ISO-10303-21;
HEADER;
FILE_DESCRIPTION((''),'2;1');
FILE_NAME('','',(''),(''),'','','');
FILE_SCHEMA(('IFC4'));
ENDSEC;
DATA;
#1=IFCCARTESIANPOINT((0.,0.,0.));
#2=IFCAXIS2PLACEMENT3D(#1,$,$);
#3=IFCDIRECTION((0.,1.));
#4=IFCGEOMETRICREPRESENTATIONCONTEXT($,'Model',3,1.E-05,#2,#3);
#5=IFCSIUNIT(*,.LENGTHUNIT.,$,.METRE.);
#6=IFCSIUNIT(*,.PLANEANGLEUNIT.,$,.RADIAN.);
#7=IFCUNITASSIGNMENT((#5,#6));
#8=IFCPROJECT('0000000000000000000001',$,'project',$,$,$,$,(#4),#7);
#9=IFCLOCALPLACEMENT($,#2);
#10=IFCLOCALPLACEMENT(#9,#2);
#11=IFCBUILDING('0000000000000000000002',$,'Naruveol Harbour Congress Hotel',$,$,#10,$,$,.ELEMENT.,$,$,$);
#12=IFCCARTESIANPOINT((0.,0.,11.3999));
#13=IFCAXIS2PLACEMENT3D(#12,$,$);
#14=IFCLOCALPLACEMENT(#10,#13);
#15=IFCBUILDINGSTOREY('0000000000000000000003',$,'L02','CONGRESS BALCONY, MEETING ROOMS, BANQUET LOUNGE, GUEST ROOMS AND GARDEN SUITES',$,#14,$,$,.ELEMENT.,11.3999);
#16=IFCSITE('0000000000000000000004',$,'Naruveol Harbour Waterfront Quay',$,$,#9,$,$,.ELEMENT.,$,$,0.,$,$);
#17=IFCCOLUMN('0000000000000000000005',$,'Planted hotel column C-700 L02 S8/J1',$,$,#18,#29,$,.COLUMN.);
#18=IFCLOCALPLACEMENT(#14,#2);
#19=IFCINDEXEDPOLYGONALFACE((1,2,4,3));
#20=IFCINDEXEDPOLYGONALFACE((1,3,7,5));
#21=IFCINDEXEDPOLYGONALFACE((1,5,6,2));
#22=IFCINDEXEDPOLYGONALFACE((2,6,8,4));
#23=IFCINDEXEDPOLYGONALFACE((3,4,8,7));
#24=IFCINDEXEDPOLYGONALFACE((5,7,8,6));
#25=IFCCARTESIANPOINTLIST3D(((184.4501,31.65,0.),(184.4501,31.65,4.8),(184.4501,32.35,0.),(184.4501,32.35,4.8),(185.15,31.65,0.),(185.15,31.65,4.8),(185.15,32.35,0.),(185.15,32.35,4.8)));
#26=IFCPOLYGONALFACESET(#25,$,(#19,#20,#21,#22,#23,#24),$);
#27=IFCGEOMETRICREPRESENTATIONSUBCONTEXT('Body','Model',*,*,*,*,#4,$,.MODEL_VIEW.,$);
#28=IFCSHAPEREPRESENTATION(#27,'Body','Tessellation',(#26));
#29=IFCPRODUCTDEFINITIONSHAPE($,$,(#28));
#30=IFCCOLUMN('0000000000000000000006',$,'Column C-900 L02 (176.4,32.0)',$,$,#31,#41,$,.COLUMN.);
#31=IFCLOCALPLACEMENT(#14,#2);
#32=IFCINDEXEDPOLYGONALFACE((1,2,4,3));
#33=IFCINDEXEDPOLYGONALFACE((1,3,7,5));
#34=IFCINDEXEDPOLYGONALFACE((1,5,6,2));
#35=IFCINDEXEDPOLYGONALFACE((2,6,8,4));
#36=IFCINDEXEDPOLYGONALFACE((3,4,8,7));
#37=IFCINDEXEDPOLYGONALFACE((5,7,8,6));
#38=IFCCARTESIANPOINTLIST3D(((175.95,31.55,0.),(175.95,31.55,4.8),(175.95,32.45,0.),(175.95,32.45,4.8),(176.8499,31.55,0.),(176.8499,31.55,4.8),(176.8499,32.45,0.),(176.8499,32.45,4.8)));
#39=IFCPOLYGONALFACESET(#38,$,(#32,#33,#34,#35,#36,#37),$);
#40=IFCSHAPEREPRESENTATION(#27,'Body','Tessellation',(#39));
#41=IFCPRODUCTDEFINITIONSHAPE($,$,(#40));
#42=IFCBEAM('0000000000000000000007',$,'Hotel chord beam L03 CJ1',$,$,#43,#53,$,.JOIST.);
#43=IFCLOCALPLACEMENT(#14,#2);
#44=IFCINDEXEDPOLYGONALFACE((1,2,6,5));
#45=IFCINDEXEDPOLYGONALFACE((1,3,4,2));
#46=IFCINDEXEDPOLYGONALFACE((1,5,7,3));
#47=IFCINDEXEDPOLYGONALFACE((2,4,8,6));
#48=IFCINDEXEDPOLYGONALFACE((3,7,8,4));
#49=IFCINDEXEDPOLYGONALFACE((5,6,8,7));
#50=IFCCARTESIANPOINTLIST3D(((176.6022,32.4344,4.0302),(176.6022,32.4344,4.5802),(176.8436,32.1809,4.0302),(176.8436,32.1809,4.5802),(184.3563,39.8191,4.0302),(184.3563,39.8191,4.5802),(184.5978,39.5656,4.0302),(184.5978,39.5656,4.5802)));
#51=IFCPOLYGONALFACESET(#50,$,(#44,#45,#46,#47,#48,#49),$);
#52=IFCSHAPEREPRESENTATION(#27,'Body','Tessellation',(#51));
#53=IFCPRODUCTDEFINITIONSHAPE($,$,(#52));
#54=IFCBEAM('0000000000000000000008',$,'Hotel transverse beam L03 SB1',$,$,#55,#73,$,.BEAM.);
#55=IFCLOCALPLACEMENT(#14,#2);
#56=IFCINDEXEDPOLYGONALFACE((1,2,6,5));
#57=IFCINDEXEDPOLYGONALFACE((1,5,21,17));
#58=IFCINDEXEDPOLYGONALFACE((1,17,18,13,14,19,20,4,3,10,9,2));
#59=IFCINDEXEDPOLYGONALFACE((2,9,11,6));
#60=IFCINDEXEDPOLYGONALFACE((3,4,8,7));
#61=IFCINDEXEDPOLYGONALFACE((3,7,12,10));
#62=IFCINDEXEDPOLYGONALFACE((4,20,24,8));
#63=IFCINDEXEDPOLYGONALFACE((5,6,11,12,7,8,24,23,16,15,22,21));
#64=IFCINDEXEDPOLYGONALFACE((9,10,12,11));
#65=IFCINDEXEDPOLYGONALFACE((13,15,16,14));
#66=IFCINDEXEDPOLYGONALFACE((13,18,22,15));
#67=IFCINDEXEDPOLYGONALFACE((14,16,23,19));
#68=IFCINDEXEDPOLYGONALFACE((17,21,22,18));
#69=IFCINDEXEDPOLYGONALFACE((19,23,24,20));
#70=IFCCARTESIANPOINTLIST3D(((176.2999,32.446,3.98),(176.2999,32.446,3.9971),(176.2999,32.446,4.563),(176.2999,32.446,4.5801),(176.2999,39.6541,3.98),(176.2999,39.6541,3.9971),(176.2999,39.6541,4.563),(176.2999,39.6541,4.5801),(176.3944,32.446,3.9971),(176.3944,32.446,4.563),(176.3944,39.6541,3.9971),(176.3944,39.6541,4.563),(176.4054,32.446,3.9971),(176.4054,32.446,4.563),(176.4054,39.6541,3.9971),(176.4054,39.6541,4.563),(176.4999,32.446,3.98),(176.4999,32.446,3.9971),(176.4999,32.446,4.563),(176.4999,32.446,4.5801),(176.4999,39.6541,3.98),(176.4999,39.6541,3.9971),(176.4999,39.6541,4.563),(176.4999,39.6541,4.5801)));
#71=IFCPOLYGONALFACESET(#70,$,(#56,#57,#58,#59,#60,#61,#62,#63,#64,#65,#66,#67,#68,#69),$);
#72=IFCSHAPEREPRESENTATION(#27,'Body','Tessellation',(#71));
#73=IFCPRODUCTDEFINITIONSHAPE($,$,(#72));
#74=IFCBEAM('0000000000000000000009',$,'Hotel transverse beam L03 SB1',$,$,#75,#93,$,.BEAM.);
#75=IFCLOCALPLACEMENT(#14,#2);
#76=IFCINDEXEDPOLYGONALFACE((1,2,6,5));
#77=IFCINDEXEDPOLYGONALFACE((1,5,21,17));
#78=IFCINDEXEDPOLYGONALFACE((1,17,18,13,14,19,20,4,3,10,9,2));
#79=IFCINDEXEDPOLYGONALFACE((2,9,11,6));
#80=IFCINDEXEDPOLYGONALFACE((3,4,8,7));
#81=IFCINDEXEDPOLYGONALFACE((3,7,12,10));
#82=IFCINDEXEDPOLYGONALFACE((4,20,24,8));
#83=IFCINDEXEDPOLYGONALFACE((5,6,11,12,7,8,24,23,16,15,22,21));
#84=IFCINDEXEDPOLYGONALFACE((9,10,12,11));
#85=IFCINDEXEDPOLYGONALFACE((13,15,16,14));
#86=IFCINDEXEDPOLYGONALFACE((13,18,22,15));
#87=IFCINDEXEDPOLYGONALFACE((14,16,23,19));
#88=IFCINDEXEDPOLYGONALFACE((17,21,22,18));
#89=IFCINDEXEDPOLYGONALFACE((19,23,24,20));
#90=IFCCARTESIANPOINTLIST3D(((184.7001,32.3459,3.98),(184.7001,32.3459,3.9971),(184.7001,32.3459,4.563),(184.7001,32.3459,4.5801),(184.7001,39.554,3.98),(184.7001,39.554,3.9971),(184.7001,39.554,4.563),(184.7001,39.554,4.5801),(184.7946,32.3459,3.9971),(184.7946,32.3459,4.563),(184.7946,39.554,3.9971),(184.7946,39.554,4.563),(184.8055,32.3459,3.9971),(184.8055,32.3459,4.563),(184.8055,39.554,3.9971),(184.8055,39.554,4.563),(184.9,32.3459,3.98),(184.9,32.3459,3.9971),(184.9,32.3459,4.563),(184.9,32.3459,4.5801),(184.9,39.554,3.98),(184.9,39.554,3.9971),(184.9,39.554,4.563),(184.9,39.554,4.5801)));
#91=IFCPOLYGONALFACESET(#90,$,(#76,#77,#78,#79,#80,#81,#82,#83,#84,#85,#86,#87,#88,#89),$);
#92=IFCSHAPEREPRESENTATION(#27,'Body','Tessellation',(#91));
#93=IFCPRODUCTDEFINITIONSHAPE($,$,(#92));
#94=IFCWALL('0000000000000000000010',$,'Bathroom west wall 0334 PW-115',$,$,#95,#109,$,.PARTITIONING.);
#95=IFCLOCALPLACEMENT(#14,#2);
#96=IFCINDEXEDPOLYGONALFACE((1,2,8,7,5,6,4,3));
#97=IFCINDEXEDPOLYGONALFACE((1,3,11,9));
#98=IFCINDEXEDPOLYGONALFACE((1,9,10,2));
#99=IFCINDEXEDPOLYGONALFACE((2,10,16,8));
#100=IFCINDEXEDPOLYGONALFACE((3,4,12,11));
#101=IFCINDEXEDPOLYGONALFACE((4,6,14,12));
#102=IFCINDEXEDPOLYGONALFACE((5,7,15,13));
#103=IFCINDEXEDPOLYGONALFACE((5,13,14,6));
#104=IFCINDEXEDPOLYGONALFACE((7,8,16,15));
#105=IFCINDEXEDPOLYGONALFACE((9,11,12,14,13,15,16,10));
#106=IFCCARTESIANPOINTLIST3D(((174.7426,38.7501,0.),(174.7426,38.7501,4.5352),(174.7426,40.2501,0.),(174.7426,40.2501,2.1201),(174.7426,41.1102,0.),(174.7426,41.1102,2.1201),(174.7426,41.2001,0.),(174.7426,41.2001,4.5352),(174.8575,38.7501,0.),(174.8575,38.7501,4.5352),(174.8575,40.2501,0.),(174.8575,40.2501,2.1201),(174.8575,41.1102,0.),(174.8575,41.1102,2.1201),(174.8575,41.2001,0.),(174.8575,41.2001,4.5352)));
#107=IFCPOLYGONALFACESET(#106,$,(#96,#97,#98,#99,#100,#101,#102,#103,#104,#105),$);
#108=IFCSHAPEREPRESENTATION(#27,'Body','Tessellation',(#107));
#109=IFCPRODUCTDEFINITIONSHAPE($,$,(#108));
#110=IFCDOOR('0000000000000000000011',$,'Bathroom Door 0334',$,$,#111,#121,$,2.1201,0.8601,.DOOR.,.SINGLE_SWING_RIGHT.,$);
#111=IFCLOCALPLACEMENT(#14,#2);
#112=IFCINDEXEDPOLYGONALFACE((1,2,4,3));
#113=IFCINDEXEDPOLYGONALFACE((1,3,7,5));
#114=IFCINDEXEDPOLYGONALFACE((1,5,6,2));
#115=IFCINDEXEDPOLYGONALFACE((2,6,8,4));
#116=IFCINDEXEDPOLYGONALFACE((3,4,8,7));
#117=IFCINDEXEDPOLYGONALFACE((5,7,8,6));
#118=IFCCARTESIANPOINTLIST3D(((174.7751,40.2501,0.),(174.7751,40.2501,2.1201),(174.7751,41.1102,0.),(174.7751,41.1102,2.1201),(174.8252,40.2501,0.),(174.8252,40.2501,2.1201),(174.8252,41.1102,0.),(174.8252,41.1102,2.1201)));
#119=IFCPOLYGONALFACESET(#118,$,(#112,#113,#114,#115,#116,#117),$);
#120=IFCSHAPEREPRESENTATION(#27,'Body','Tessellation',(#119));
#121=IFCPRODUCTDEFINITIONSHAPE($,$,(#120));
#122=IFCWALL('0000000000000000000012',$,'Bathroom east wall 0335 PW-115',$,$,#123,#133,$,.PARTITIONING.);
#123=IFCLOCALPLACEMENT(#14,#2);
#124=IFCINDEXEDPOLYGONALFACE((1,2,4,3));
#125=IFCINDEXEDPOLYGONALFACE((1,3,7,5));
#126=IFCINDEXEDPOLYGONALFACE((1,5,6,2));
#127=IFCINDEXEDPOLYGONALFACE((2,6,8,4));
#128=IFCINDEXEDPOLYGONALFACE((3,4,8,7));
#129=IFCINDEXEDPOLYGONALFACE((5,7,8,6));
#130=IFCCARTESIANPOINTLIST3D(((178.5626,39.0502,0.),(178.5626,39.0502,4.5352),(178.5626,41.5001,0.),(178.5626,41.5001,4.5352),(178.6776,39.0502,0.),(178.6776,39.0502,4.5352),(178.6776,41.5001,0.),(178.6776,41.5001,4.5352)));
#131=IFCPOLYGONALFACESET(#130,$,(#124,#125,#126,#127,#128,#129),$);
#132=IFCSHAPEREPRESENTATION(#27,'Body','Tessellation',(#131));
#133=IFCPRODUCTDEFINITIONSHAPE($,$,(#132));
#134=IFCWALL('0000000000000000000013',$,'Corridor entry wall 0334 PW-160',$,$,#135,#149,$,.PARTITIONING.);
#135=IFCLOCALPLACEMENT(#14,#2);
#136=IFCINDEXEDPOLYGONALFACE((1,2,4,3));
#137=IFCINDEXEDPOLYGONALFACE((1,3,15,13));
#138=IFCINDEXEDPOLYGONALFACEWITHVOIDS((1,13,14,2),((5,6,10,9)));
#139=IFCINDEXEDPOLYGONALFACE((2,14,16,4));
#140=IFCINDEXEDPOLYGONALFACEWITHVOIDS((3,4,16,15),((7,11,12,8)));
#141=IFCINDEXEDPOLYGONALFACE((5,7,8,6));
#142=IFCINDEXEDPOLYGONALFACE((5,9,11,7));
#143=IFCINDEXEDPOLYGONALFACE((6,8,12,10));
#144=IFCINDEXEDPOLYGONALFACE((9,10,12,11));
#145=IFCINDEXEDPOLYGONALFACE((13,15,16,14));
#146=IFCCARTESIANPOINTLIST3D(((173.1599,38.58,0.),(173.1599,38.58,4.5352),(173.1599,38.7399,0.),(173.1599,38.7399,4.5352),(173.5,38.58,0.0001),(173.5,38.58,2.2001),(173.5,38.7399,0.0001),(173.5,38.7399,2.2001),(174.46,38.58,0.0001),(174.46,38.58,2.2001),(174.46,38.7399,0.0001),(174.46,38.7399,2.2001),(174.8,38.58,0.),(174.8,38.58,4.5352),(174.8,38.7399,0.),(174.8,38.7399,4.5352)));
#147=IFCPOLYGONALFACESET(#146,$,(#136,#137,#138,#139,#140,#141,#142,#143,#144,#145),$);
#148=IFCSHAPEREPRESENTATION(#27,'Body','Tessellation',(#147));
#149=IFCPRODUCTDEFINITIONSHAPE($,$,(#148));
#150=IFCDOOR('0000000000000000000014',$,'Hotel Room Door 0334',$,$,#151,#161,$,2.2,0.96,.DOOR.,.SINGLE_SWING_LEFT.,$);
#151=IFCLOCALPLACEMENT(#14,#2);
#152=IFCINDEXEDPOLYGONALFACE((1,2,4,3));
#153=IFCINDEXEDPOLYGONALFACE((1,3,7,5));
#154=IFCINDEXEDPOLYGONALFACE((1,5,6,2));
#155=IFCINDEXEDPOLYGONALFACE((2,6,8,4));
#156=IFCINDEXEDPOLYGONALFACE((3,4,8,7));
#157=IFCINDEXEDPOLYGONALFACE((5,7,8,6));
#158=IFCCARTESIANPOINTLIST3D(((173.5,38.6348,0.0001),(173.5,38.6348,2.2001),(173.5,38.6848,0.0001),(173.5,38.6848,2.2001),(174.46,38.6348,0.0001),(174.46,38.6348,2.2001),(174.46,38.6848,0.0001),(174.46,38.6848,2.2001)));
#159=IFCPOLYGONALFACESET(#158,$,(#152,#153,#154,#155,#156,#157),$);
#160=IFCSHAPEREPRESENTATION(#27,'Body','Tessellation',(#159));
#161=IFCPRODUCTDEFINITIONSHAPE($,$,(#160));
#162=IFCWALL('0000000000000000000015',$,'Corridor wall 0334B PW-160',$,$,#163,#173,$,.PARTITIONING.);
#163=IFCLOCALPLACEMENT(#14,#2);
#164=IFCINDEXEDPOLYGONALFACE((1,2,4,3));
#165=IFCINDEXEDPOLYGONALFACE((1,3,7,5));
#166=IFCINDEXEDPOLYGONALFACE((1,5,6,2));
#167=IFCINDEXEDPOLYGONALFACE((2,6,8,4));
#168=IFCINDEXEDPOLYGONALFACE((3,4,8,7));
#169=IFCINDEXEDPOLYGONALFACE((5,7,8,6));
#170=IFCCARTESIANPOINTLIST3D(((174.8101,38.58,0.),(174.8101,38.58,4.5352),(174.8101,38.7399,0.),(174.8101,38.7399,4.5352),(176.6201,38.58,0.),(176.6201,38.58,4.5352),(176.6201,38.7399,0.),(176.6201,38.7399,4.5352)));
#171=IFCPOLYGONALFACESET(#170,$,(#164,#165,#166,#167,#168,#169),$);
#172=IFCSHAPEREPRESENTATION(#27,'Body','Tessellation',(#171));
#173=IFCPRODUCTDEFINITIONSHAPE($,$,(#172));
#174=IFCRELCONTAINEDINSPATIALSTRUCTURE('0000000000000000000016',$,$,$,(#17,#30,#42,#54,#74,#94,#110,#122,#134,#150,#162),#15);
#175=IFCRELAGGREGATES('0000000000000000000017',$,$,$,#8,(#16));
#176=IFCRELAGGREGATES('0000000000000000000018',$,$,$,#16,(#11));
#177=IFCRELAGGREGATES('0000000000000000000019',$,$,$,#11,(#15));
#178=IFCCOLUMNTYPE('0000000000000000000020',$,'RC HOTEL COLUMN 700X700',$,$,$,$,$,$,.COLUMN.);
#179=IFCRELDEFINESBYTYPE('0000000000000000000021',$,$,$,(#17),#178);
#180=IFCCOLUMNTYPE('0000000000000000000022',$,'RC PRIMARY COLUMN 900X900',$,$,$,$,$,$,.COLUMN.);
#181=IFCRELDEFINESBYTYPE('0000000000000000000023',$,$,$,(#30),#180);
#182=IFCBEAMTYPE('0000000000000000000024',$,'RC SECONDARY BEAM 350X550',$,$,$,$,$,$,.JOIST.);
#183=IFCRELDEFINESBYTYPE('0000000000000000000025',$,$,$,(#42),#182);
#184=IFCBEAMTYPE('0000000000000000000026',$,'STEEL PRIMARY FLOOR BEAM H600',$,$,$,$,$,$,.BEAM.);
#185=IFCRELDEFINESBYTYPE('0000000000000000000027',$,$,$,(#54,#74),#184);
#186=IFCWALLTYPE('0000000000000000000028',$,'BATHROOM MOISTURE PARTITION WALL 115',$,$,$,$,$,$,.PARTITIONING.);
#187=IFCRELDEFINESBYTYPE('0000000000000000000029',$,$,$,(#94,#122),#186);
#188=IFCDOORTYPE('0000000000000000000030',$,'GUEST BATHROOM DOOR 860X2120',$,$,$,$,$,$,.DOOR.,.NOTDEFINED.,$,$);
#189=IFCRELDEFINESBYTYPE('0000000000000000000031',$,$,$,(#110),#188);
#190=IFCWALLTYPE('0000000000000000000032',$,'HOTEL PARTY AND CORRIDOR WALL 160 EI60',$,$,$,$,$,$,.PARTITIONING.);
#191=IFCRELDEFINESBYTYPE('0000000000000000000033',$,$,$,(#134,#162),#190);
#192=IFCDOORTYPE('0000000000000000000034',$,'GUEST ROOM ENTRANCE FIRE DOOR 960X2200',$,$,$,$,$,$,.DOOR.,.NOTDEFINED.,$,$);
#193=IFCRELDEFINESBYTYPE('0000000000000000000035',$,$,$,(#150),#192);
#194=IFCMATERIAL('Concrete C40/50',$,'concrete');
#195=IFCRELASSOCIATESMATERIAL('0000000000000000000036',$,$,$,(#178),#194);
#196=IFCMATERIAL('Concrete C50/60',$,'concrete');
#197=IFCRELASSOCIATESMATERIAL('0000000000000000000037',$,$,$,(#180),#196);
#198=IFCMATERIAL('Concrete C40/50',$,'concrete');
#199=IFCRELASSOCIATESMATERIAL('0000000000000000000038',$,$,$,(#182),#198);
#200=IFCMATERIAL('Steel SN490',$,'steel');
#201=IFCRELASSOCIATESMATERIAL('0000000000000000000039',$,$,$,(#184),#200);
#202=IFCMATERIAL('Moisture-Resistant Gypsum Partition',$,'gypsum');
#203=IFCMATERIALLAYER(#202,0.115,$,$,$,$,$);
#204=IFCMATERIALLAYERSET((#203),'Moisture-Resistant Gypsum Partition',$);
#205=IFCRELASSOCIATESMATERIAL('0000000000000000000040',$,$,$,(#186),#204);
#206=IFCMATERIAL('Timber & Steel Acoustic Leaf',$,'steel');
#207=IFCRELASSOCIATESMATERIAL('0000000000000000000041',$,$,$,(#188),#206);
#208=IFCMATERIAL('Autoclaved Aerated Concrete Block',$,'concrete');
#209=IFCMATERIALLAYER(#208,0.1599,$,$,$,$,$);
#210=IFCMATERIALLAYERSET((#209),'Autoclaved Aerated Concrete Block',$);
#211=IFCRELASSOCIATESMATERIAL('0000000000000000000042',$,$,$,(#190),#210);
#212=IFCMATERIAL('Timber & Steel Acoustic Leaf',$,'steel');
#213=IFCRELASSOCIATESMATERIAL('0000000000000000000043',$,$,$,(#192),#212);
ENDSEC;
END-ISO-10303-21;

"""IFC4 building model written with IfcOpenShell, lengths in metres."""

from ifc_helpers import new_model, si_unit, direction, frame, frame_2d, origin, origin_2d, place, context, subcontext, project, spatial, rectangle, i_section, extrude, material, layer, layer_set, material_profile, profile_set, type_object, element, fill, save


model = new_model("IFC4")

# Units and contexts
model_context = context("Model", 3, precision=1e-05, world=origin(), true_north=direction((0.0, 1.0)))
body_context = subcontext(model_context, "Body", "Model", "MODEL_VIEW")
ifc_project = project(units=[si_unit("LENGTHUNIT", "METRE"), si_unit("PLANEANGLEUNIT", "RADIAN")], contexts=[model_context])

# Site, building, storey
site_placement = place(None, origin())
site = spatial("IfcSite", under=ifc_project, at=site_placement, Name="Naruveol Harbour Waterfront Quay", CompositionType="ELEMENT", RefElevation=0.0)
building_placement = place(site_placement, origin())
building = spatial("IfcBuilding", under=site, at=building_placement, Name="Naruveol Harbour Congress Hotel", CompositionType="ELEMENT")
storey_placement = place(building_placement, frame((0.0, 0.0, 11.3999)))
storey = spatial("IfcBuildingStorey", under=building, at=storey_placement, Name="L02", Description="CONGRESS BALCONY, MEETING ROOMS, BANQUET LOUNGE, GUEST ROOMS AND GARDEN SUITES", CompositionType="ELEMENT", Elevation=11.3999)

# Columns
ifc_material_1 = material(Name="Concrete C40/50", Category="concrete")
ifc_material_profile_1 = material_profile(ifc_material_1, rectangle(XDim=0.7, YDim=0.7, at=origin_2d()), Name="RC-700x700")
ifc_profile_set_1 = profile_set([ifc_material_profile_1], Name="Concrete C40/50")
column_type_1 = type_object("IfcColumnType", Name="RC HOTEL COLUMN 700X700", PredefinedType="COLUMN", material=ifc_profile_set_1)
column_1_placement = place(storey_placement, frame((184.8, 32.0, 0.0), z_axis=(0.0, 0.0, 1.0), x_axis=(1.0, 0.0, 0.0)))
element("IfcColumn", 1, at=column_1_placement, inside=storey, type_object=column_type_1, Name="Planted hotel column C-700 L02 S8/J1", PredefinedType="COLUMN", context=body_context, shape_type="SweptSolid", body=[
    extrude(rectangle(XDim=0.7, YDim=0.7, at=origin_2d()), origin(), (0.0, 0.0, 1.0), 4.8),
])
ifc_material_2 = material(Name="Concrete C50/60", Category="concrete")
ifc_material_profile_2 = material_profile(ifc_material_2, rectangle(XDim=0.8999, YDim=0.8999, at=origin_2d()), Name="RC-900x900")
ifc_profile_set_2 = profile_set([ifc_material_profile_2], Name="Concrete C50/60")
column_type_2 = type_object("IfcColumnType", Name="RC PRIMARY COLUMN 900X900", PredefinedType="COLUMN", material=ifc_profile_set_2)
column_2_placement = place(storey_placement, frame((176.3999, 32.0, 0.0), z_axis=(0.0, 0.0, 1.0), x_axis=(1.0, 0.0, 0.0)))
element("IfcColumn", 2, at=column_2_placement, inside=storey, type_object=column_type_2, Name="Column C-900 L02 (176.4,32.0)", PredefinedType="COLUMN", context=body_context, shape_type="SweptSolid", body=[
    extrude(rectangle(XDim=0.8999, YDim=0.8999, at=origin_2d()), origin(), (0.0, 0.0, 1.0), 4.8),
])

# Beams
ifc_material_3 = material(Name="Concrete C40/50", Category="concrete")
ifc_material_profile_3 = material_profile(ifc_material_3, rectangle(XDim=0.3501, YDim=0.55, at=origin_2d()), Name="RCB-350x550")
ifc_profile_set_3 = profile_set([ifc_material_profile_3], Name="Concrete C40/50")
beam_type_1 = type_object("IfcBeamType", Name="RC SECONDARY BEAM 350X550", PredefinedType="JOIST", material=ifc_profile_set_3)
beam_placement = place(storey_placement, frame((176.7229, 32.3076, 4.3052), z_axis=(0.724144, 0.689648, 0.0), x_axis=(-0.689648, 0.724144, 0.0)))
element("IfcBeam", 3, at=beam_placement, inside=storey, type_object=beam_type_1, Name="Hotel chord beam L03 CJ1", PredefinedType="JOIST", context=body_context, shape_type="SweptSolid", body=[
    extrude(rectangle(XDim=0.3501, YDim=0.55, at=origin_2d()), origin(), (0.0, 0.0, 1.0), 10.708),
])
ifc_material_4 = material(Name="Steel SN490", Category="steel")
ifc_material_profile_4 = material_profile(ifc_material_4, i_section(OverallWidth=0.2, OverallDepth=0.6001, WebThickness=0.011, FlangeThickness=0.0171, at=origin_2d()), Name="H-600x200x11x17")
ifc_profile_set_4 = profile_set([ifc_material_profile_4], Name="Steel SN490")
beam_type_2 = type_object("IfcBeamType", Name="STEEL PRIMARY FLOOR BEAM H600", PredefinedType="BEAM", material=ifc_profile_set_4)
for number, where, z_axis, x_axis, name in (
    (4, (176.3999, 32.446, 4.28), (0.0, 1.0, 0.0), (-1.0, 0.0, 0.0), "Hotel transverse beam L03 SB1"),
    (5, (184.8, 32.3459, 4.28), (0.0, 1.0, 0.0), (-1.0, 0.0, 0.0), "Hotel transverse beam L03 SB1"),
):
    element("IfcBeam", number, at=place(storey_placement, frame(where, z_axis=z_axis, x_axis=x_axis)), inside=storey, type_object=beam_type_2, Name=name, PredefinedType="BEAM", context=body_context, shape_type="SweptSolid", body=[
        extrude(i_section(OverallWidth=0.2, OverallDepth=0.6001, WebThickness=0.011, FlangeThickness=0.0171, at=origin_2d()), origin(), (0.0, 0.0, 1.0), 7.208),
    ])

# Wall, opening, door
ifc_material_5 = material(Name="Moisture-Resistant Gypsum Partition", Category="gypsum")
ifc_layer_1 = layer(ifc_material_5, 0.115)
ifc_layer_set_1 = layer_set([ifc_layer_1], Name="Moisture-Resistant Gypsum Partition")
wall_type_1 = type_object("IfcWallType", Name="BATHROOM MOISTURE PARTITION WALL 115", PredefinedType="PARTITIONING", material=ifc_layer_set_1)
wall_1_placement = place(storey_placement, frame((174.8, 38.75, 0.0), z_axis=(0.0, 0.0, 1.0), x_axis=(0.0, 1.0, 0.0)))
wall_1 = element("IfcWall", 6, at=wall_1_placement, inside=storey, type_object=wall_type_1, Name="Bathroom west wall 0334 PW-115", PredefinedType="PARTITIONING", context=body_context, shape_type="SweptSolid", body=[
    extrude(rectangle(XDim=2.45, YDim=0.115, at=frame_2d((1.2251, 0.0))), origin(), (0.0, 0.0, 1.0), 4.5352),
])
opening_1_placement = place(wall_1_placement, frame((1.5, 0.0, 0.0)))
opening_1 = element("IfcOpeningElement", 7, at=opening_1_placement, cuts=wall_1, PredefinedType="OPENING", context=body_context, shape_type="SweptSolid", body=[
    extrude(rectangle(XDim=0.8601, YDim=2.1201, at=frame_2d((0.4302, 1.0601))), frame((0.0, 0.0674, 0.0), z_axis=(0.0, -1.0, 0.0), x_axis=(1.0, 0.0, 0.0)), (0.0, 0.0, 1.0), 0.135),
])
ifc_material_6 = material(Name="Timber & Steel Acoustic Leaf", Category="steel")
door_type_1 = type_object("IfcDoorType", Name="GUEST BATHROOM DOOR 860X2120", OperationType="NOTDEFINED", PredefinedType="DOOR", material=ifc_material_6)
door_1_placement = place(opening_1_placement, origin())
door_1 = element("IfcDoor", 8, at=door_1_placement, inside=storey, type_object=door_type_1, Name="Bathroom Door 0334", OperationType="SINGLE_SWING_RIGHT", OverallHeight=2.1201, OverallWidth=0.8601, PredefinedType="DOOR", context=body_context, shape_type="SweptSolid", body=[
    extrude(rectangle(XDim=0.8601, YDim=2.1201, at=frame_2d((0.4302, 1.0601))), frame((0.0, 0.0249, 0.0), z_axis=(0.0, -1.0, 0.0), x_axis=(1.0, 0.0, 0.0)), (0.0, 0.0, 1.0), 0.05),
])
fill(opening_1, door_1)

# Wall
wall_2_placement = place(storey_placement, frame((178.6201, 39.05, 0.0), z_axis=(0.0, 0.0, 1.0), x_axis=(0.0, 1.0, 0.0)))
element("IfcWall", 9, at=wall_2_placement, inside=storey, type_object=wall_type_1, Name="Bathroom east wall 0335 PW-115", PredefinedType="PARTITIONING", context=body_context, shape_type="SweptSolid", body=[
    extrude(rectangle(XDim=2.45, YDim=0.115, at=frame_2d((1.2251, 0.0))), origin(), (0.0, 0.0, 1.0), 4.5352),
])

# Wall, opening, door
ifc_material_7 = material(Name="Autoclaved Aerated Concrete Block", Category="concrete")
ifc_layer_2 = layer(ifc_material_7, 0.1599)
ifc_layer_set_2 = layer_set([ifc_layer_2], Name="Autoclaved Aerated Concrete Block")
wall_type_2 = type_object("IfcWallType", Name="HOTEL PARTY AND CORRIDOR WALL 160 EI60", PredefinedType="PARTITIONING", material=ifc_layer_set_2)
wall_3_placement = place(storey_placement, frame((173.1599, 38.6599, 0.0), z_axis=(0.0, 0.0, 1.0), x_axis=(1.0, 0.0, 0.0)))
wall_3 = element("IfcWall", 10, at=wall_3_placement, inside=storey, type_object=wall_type_2, Name="Corridor entry wall 0334 PW-160", PredefinedType="PARTITIONING", context=body_context, shape_type="SweptSolid", body=[
    extrude(rectangle(XDim=1.6401, YDim=0.1599, at=frame_2d((0.8201, 0.0))), origin(), (0.0, 0.0, 1.0), 4.5352),
])
opening_2_placement = place(wall_3_placement, frame((0.3401, 0.0, 0.0)))
opening_2 = element("IfcOpeningElement", 11, at=opening_2_placement, cuts=wall_3, PredefinedType="OPENING", context=body_context, shape_type="SweptSolid", body=[
    extrude(rectangle(XDim=0.96, YDim=2.2, at=frame_2d((0.48, 1.1001))), frame((0.0, 0.0898, 0.0), z_axis=(0.0, -1.0, 0.0), x_axis=(1.0, 0.0, 0.0)), (0.0, 0.0, 1.0), 0.1799),
])
ifc_material_8 = material(Name="Timber & Steel Acoustic Leaf", Category="steel")
door_type_2 = type_object("IfcDoorType", Name="GUEST ROOM ENTRANCE FIRE DOOR 960X2200", OperationType="NOTDEFINED", PredefinedType="DOOR", material=ifc_material_8)
door_2_placement = place(opening_2_placement, origin())
door_2 = element("IfcDoor", 12, at=door_2_placement, inside=storey, type_object=door_type_2, Name="Hotel Room Door 0334", OperationType="SINGLE_SWING_LEFT", OverallHeight=2.2, OverallWidth=0.96, PredefinedType="DOOR", context=body_context, shape_type="SweptSolid", body=[
    extrude(rectangle(XDim=0.96, YDim=2.2, at=frame_2d((0.48, 1.1001))), frame((0.0, 0.0249, 0.0), z_axis=(0.0, -1.0, 0.0), x_axis=(1.0, 0.0, 0.0)), (0.0, 0.0, 1.0), 0.05),
])
fill(opening_2, door_2)

# Wall
for number, where, z_axis, x_axis, name in (
    (13, (174.8101, 38.6599, 0.0), (0.0, 0.0, 1.0), (1.0, 0.0, 0.0), "Corridor wall 0334B PW-160"),
):
    element("IfcWall", number, at=place(storey_placement, frame(where, z_axis=z_axis, x_axis=x_axis)), inside=storey, type_object=wall_type_2, Name=name, PredefinedType="PARTITIONING", context=body_context, shape_type="SweptSolid", body=[
        extrude(rectangle(XDim=1.8101, YDim=0.1599, at=frame_2d((0.905, 0.0))), origin(), (0.0, 0.0, 1.0), 4.5352),
    ])

save(model, "model.ifc")
